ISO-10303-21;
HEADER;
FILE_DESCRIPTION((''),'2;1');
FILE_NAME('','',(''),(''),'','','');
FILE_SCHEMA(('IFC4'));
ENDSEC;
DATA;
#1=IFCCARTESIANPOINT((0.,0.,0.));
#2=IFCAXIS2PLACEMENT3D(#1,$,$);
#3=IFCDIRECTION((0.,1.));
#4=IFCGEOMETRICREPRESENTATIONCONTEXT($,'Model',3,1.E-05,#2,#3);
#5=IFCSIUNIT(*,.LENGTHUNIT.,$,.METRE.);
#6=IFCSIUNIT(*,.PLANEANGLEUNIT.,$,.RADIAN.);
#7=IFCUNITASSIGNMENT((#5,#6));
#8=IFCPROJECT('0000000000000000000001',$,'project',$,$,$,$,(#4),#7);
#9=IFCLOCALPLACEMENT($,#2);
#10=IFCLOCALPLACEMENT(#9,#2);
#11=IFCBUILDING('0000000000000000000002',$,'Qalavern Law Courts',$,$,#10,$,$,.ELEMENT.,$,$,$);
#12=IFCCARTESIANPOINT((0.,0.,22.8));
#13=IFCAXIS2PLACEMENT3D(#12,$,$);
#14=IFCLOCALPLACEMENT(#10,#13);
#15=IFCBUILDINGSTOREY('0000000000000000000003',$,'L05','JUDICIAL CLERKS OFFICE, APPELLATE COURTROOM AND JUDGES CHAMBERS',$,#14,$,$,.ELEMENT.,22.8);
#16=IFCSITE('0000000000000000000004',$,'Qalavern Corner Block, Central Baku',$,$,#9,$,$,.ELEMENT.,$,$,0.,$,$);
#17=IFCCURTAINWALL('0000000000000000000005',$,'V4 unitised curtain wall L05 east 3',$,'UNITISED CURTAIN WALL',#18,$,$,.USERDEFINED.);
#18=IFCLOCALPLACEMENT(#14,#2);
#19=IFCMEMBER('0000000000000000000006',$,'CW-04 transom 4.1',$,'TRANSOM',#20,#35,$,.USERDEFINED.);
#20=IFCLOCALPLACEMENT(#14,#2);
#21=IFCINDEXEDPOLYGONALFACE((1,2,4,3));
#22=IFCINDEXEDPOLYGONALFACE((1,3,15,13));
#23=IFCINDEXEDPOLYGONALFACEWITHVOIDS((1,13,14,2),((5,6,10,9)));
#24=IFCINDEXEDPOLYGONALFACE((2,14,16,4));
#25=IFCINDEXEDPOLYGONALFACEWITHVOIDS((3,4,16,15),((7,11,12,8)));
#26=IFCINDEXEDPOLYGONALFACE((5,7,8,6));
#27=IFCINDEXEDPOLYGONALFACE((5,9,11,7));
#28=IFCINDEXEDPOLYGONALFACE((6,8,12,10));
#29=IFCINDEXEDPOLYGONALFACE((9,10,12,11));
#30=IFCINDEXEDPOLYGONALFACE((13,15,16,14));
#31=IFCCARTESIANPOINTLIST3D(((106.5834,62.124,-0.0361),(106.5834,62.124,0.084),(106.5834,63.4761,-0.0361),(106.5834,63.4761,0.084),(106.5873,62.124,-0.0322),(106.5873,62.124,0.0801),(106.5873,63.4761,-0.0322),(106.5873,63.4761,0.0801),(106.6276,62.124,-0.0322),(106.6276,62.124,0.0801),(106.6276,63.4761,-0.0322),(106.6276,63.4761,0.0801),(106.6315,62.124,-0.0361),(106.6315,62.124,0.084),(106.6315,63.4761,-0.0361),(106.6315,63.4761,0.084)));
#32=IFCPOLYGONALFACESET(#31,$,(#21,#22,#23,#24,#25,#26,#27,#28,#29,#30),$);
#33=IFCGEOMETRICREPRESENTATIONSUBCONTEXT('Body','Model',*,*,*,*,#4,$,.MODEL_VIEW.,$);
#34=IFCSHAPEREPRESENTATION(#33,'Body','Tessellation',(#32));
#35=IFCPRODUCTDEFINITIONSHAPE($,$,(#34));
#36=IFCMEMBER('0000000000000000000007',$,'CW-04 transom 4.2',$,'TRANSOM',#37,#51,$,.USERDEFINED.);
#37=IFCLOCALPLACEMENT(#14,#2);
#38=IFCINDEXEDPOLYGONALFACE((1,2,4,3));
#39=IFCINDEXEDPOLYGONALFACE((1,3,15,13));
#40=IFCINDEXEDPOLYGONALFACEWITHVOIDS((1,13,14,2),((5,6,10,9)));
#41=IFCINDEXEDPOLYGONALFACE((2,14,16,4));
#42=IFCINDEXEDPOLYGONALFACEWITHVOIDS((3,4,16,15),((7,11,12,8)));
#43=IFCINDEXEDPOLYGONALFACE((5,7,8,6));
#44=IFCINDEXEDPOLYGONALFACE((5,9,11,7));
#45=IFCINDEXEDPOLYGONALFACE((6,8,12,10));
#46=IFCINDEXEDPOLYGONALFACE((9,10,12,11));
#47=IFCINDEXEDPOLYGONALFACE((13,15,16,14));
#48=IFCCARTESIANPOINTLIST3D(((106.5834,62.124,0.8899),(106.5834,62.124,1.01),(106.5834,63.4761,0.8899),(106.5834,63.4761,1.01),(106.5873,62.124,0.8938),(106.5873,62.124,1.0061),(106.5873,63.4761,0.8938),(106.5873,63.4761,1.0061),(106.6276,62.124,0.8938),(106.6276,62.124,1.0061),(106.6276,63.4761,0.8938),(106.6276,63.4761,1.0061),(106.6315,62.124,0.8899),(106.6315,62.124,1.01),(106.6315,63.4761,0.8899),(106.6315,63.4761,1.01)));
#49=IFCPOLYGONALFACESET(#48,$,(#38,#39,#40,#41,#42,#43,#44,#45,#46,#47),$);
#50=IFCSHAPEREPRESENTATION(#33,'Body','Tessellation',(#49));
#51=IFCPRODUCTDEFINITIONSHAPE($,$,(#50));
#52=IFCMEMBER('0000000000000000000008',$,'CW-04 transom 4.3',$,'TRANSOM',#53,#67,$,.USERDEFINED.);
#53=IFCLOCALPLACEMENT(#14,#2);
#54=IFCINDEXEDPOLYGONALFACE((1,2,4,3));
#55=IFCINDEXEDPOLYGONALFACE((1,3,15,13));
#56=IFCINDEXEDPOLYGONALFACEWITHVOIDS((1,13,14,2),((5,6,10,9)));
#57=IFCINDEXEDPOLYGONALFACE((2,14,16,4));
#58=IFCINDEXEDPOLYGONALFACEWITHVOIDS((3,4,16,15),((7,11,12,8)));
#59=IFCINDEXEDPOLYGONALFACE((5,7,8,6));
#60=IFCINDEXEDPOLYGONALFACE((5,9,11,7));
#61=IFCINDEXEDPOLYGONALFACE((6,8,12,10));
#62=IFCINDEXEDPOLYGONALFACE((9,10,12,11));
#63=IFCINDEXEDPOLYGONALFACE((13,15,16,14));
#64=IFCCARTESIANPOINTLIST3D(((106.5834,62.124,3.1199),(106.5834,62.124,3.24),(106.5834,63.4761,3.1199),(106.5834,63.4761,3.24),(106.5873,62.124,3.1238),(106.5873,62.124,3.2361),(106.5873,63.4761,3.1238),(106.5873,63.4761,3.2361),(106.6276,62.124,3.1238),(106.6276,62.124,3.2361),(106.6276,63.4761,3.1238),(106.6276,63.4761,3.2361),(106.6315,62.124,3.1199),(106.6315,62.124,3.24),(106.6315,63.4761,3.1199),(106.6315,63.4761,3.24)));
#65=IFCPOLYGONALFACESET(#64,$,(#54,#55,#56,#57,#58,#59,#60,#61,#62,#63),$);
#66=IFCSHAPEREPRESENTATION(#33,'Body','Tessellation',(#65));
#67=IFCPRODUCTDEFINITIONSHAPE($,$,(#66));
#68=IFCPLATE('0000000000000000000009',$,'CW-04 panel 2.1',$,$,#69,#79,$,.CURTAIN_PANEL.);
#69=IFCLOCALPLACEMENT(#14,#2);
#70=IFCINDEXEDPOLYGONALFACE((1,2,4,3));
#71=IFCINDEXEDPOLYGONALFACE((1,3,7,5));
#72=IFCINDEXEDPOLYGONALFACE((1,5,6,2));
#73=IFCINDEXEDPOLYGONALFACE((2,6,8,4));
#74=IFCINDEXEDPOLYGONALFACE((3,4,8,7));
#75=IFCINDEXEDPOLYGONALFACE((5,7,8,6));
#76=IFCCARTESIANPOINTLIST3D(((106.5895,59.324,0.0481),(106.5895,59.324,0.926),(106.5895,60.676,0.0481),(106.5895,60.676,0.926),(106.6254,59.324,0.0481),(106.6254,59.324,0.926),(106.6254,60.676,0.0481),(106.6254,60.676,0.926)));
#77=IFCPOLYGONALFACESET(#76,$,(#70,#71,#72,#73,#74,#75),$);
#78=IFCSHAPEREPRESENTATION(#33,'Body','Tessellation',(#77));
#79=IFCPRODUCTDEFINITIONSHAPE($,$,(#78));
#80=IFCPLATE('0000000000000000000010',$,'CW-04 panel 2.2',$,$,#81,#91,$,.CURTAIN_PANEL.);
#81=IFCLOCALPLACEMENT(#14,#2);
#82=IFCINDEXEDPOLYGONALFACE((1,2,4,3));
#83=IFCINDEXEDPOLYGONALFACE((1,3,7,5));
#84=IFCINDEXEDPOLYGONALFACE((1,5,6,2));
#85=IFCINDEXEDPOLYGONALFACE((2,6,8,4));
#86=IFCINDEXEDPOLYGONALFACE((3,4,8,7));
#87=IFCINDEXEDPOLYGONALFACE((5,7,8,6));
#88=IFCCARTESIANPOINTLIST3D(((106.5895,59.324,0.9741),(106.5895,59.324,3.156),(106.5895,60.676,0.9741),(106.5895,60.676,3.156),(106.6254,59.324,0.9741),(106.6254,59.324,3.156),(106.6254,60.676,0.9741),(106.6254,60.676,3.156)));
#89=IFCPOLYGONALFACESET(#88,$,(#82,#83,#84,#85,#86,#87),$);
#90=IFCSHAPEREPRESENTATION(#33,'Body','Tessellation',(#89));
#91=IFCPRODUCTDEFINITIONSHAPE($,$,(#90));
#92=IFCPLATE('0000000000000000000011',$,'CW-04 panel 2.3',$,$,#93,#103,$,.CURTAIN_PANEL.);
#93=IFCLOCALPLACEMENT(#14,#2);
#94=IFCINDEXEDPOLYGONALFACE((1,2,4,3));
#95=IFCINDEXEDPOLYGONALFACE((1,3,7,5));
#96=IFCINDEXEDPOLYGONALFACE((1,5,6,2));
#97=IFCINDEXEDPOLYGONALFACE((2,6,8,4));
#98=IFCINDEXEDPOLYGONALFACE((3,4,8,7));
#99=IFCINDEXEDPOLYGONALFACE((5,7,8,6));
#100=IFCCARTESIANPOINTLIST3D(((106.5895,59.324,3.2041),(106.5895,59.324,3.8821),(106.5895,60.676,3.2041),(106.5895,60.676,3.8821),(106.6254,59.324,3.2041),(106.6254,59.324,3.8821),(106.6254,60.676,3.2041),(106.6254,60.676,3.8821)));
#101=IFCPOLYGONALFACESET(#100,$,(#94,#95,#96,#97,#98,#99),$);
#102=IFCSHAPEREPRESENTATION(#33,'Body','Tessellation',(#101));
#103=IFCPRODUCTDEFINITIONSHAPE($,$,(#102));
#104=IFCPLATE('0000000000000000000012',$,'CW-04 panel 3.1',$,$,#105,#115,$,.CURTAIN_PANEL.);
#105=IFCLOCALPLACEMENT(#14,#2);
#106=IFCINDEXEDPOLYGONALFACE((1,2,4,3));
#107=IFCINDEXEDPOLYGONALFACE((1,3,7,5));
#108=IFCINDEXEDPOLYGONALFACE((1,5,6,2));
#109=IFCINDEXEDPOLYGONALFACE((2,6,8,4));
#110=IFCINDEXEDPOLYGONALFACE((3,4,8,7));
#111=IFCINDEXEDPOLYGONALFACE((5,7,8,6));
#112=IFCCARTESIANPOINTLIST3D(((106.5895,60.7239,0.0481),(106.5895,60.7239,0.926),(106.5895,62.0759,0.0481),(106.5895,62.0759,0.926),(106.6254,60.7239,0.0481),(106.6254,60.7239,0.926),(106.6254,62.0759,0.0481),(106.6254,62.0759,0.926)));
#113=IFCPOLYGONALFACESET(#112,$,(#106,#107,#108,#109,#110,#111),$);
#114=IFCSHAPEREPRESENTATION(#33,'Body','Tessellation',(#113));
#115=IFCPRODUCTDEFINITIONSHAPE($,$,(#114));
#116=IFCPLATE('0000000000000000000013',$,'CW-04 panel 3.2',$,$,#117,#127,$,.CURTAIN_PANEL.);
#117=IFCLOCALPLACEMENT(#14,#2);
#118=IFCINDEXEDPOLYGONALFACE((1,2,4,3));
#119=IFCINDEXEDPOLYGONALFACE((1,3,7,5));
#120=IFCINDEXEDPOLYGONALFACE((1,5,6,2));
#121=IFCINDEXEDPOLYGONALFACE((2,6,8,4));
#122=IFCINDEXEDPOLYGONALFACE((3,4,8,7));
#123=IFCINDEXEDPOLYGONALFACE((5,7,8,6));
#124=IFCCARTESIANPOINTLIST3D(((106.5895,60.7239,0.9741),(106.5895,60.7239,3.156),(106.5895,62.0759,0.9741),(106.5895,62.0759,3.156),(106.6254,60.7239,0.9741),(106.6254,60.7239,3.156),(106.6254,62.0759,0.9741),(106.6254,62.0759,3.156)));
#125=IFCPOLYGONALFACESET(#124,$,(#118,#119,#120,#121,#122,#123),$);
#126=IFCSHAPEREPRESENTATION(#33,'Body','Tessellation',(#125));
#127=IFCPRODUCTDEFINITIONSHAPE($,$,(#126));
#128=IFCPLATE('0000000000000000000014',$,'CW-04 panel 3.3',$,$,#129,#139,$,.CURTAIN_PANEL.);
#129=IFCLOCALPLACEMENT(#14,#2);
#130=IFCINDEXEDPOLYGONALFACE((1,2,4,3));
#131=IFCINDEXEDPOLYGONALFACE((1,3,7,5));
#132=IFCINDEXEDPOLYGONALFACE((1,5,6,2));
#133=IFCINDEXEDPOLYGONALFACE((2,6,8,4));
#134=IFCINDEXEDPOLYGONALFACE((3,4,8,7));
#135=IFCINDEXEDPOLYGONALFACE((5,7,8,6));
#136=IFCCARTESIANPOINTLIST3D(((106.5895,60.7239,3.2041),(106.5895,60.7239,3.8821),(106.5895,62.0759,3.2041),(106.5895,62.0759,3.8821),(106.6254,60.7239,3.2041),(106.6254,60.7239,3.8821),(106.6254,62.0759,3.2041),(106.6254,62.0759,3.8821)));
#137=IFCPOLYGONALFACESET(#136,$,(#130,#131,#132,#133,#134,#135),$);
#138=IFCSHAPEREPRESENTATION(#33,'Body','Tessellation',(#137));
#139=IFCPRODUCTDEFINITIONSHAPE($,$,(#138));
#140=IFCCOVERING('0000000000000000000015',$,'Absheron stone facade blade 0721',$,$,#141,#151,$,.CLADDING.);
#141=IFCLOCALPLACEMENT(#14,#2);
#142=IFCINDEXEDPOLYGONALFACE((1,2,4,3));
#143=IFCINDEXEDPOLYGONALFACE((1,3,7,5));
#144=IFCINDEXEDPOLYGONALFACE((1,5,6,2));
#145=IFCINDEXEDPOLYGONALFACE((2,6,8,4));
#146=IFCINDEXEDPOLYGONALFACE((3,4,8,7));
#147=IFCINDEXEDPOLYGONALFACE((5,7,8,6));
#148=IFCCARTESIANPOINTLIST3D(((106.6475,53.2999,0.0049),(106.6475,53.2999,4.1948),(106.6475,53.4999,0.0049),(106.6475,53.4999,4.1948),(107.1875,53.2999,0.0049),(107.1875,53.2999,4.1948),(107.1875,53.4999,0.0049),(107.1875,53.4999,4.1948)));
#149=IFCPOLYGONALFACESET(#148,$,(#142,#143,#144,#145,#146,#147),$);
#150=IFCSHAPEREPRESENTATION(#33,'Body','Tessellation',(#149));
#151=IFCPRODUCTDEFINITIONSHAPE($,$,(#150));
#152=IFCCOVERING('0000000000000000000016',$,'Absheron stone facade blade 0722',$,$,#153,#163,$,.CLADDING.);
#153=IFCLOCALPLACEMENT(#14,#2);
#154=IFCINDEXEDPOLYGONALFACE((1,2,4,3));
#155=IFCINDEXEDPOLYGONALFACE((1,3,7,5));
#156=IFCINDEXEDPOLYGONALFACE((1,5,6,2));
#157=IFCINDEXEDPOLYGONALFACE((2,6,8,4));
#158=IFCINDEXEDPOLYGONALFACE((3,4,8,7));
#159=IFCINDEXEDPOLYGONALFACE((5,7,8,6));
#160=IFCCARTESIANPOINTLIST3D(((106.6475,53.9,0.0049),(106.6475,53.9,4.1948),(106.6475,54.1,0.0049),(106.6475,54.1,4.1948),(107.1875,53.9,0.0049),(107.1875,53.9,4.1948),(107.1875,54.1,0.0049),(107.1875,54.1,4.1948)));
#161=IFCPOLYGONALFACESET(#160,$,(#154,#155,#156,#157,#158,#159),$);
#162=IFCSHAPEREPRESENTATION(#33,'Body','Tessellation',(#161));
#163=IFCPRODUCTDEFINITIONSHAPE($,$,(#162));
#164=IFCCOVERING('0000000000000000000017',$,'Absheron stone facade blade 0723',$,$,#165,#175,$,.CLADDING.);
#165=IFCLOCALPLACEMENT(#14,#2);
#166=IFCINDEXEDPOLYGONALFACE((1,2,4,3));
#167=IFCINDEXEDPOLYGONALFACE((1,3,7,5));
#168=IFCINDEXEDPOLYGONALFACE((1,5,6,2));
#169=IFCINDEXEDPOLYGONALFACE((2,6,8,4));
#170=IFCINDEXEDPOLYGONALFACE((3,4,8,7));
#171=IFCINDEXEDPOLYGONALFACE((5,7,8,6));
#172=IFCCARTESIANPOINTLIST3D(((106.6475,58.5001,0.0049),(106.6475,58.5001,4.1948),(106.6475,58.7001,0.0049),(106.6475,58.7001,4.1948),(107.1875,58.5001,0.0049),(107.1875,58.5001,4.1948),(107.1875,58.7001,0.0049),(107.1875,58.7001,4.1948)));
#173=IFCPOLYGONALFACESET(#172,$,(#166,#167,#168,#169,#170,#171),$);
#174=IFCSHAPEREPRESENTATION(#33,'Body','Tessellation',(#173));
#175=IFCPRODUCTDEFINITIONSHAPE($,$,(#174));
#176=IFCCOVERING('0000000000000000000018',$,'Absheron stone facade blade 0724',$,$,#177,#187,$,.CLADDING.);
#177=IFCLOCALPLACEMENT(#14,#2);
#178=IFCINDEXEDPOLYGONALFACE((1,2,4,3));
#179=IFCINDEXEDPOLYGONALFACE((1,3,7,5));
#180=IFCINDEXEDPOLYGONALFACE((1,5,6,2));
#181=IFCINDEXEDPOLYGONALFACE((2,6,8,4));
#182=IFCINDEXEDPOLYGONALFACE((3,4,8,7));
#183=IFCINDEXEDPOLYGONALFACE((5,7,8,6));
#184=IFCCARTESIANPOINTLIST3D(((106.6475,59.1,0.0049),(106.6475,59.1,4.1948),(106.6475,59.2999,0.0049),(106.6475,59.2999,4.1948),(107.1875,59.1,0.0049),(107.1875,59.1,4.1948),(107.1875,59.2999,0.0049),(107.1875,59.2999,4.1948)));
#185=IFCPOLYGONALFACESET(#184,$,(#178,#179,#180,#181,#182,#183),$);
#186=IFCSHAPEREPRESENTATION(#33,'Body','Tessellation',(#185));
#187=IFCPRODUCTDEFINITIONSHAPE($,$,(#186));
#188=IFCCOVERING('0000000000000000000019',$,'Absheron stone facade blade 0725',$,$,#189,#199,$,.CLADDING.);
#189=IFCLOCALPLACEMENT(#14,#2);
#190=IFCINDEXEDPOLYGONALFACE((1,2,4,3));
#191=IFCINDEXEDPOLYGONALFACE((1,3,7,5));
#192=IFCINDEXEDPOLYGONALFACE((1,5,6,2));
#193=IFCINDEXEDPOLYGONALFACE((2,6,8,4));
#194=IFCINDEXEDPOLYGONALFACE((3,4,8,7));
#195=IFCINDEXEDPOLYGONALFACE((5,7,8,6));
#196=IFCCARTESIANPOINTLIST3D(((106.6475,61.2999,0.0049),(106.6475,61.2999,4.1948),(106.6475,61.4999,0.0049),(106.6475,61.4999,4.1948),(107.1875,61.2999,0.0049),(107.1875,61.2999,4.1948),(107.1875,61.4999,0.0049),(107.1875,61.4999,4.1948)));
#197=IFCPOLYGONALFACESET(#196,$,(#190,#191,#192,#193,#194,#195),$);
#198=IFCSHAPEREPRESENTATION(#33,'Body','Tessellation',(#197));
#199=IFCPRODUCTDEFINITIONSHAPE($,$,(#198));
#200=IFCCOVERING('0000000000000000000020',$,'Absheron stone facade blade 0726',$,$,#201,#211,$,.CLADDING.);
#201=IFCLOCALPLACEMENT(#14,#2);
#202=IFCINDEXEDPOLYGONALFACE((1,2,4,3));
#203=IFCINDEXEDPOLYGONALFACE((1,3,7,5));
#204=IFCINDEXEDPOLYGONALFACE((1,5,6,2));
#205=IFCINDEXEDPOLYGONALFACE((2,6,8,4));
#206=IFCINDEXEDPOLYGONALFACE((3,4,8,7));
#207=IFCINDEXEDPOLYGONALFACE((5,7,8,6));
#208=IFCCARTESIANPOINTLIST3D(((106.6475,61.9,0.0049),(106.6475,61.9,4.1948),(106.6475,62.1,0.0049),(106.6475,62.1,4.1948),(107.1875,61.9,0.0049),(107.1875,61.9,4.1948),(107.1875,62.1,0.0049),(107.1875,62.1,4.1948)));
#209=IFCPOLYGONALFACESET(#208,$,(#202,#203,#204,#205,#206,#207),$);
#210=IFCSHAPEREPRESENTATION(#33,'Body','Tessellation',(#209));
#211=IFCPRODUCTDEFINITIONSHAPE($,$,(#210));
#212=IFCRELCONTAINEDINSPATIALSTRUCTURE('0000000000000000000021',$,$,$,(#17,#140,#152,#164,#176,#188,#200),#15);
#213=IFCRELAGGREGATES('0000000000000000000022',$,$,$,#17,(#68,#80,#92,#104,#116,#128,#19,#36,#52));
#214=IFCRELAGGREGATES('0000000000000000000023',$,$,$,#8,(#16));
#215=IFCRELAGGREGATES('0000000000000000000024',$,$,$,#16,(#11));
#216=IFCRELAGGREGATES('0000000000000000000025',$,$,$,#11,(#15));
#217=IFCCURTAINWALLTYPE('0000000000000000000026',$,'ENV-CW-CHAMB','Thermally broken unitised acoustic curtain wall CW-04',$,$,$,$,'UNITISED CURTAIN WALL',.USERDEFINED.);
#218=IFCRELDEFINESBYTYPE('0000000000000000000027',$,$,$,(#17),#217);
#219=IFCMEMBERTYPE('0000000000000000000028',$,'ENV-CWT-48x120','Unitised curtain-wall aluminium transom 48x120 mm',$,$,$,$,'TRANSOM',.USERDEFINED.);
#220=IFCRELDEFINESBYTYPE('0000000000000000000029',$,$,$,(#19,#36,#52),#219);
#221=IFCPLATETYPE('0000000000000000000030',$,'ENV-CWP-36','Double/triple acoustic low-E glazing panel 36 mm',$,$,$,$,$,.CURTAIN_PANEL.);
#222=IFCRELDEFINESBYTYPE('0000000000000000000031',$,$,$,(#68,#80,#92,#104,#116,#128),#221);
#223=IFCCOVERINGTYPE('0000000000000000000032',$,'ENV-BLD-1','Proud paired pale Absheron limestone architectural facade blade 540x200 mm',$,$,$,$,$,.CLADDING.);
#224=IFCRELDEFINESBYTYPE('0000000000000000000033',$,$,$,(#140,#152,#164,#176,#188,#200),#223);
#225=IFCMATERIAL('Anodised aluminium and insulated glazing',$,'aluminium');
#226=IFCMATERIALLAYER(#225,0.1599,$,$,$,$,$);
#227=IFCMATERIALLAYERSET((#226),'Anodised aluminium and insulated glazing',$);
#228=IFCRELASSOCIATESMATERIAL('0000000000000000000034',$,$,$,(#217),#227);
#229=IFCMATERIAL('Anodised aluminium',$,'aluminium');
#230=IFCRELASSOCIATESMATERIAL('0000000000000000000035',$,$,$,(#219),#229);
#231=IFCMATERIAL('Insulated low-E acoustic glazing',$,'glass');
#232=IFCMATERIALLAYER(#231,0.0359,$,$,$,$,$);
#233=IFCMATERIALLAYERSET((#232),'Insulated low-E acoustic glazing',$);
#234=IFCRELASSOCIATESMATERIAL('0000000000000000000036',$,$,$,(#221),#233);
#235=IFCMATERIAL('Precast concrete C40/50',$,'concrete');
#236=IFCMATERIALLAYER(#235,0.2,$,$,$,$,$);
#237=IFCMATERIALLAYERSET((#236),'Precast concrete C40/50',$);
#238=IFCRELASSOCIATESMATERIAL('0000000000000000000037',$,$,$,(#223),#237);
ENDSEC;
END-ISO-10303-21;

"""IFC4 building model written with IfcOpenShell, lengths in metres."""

from ifc_helpers import new_model, si_unit, direction, frame, origin, origin_2d, place, context, subcontext, project, spatial, rectangle, hollow_rectangle, extrude, material, layer, layer_set, material_profile, profile_set, type_object, element, aggregate, save


model = new_model("IFC4")

# Units and contexts
model_context = context("Model", 3, precision=1e-05, world=origin(), true_north=direction((0.0, 1.0)))
body_context = subcontext(model_context, "Body", "Model", "MODEL_VIEW")
ifc_project = project(units=[si_unit("LENGTHUNIT", "METRE"), si_unit("PLANEANGLEUNIT", "RADIAN")], contexts=[model_context])

# Site, building, storey
site_placement = place(None, origin())
site = spatial("IfcSite", under=ifc_project, at=site_placement, Name="Qalavern Corner Block, Central Baku", CompositionType="ELEMENT", RefElevation=0.0)
building_placement = place(site_placement, origin())
building = spatial("IfcBuilding", under=site, at=building_placement, Name="Qalavern Law Courts", CompositionType="ELEMENT")
storey_placement = place(building_placement, frame((0.0, 0.0, 22.8)))
storey = spatial("IfcBuildingStorey", under=building, at=storey_placement, Name="L05", Description="JUDICIAL CLERKS OFFICE, APPELLATE COURTROOM AND JUDGES CHAMBERS", CompositionType="ELEMENT", Elevation=22.8)

# Curtain wall, members, plates
ifc_material_1 = material(Name="Anodised aluminium and insulated glazing", Category="aluminium")
ifc_layer_1 = layer(ifc_material_1, 0.1599)
ifc_layer_set_1 = layer_set([ifc_layer_1], Name="Anodised aluminium and insulated glazing")
curtain_wall_type = type_object("IfcCurtainWallType", Name="ENV-CW-CHAMB", Description="Thermally broken unitised acoustic curtain wall CW-04", ElementType="UNITISED CURTAIN WALL", PredefinedType="USERDEFINED", material=ifc_layer_set_1)
curtain_wall_placement = place(storey_placement, origin())
curtain_wall = element("IfcCurtainWall", 1, at=curtain_wall_placement, inside=storey, type_object=curtain_wall_type, Name="V4 unitised curtain wall L05 east 3", ObjectType="UNITISED CURTAIN WALL", PredefinedType="USERDEFINED")
ifc_material_2 = material(Name="Anodised aluminium", Category="aluminium")
ifc_material_profile_1 = material_profile(ifc_material_2, hollow_rectangle(XDim=0.0481, YDim=0.1201, WallThickness=0.0039, at=origin_2d()), Name="ALU TRANSOM 48x120")
ifc_profile_set_1 = profile_set([ifc_material_profile_1], Name="Anodised aluminium")
member_type_1 = type_object("IfcMemberType", Name="ENV-CWT-48x120", Description="Unitised curtain-wall aluminium transom 48x120 mm", ElementType="TRANSOM", PredefinedType="USERDEFINED", material=ifc_profile_set_1)
member_1_placement = place(storey_placement, frame((106.6074, 62.124, 0.0239), z_axis=(0.0, 1.0, 0.0), x_axis=(-1.0, 0.0, 0.0)))
member_1 = element("IfcMember", 2, at=member_1_placement, type_object=member_type_1, Name="CW-04 transom 4.1", ObjectType="TRANSOM", PredefinedType="USERDEFINED", context=body_context, shape_type="SweptSolid", body=[
    extrude(hollow_rectangle(XDim=0.0481, YDim=0.1201, WallThickness=0.0039, at=origin_2d()), origin(), (0.0, 0.0, 1.0), 1.3521),
])
member_2_placement = place(storey_placement, frame((106.6074, 62.124, 0.95), z_axis=(0.0, 1.0, 0.0), x_axis=(-1.0, 0.0, 0.0)))
member_2 = element("IfcMember", 3, at=member_2_placement, type_object=member_type_1, Name="CW-04 transom 4.2", ObjectType="TRANSOM", PredefinedType="USERDEFINED", context=body_context, shape_type="SweptSolid", body=[
    extrude(hollow_rectangle(XDim=0.0481, YDim=0.1201, WallThickness=0.0039, at=origin_2d()), origin(), (0.0, 0.0, 1.0), 1.3521),
])
member_3_placement = place(storey_placement, frame((106.6074, 62.124, 3.1799), z_axis=(0.0, 1.0, 0.0), x_axis=(-1.0, 0.0, 0.0)))
member_3 = element("IfcMember", 4, at=member_3_placement, type_object=member_type_1, Name="CW-04 transom 4.3", ObjectType="TRANSOM", PredefinedType="USERDEFINED", context=body_context, shape_type="SweptSolid", body=[
    extrude(hollow_rectangle(XDim=0.0481, YDim=0.1201, WallThickness=0.0039, at=origin_2d()), origin(), (0.0, 0.0, 1.0), 1.3521),
])
ifc_material_3 = material(Name="Insulated low-E acoustic glazing", Category="glass")
ifc_layer_2 = layer(ifc_material_3, 0.0359)
ifc_layer_set_2 = layer_set([ifc_layer_2], Name="Insulated low-E acoustic glazing")
plate_type = type_object("IfcPlateType", Name="ENV-CWP-36", Description="Double/triple acoustic low-E glazing panel 36 mm", PredefinedType="CURTAIN_PANEL", material=ifc_layer_set_2)
plate_1_placement = place(storey_placement, frame((106.6074, 60.0, 0.0481), z_axis=(0.0, 0.0, 1.0), x_axis=(0.0, 1.0, 0.0)))
plate_1 = element("IfcPlate", 5, at=plate_1_placement, type_object=plate_type, Name="CW-04 panel 2.1", PredefinedType="CURTAIN_PANEL", context=body_context, shape_type="SweptSolid", body=[
    extrude(rectangle(XDim=1.3521, YDim=0.0359, at=origin_2d()), origin(), (0.0, 0.0, 1.0), 0.8779),
])
plate_2_placement = place(storey_placement, frame((106.6074, 60.0, 0.9741), z_axis=(0.0, 0.0, 1.0), x_axis=(0.0, 1.0, 0.0)))
plate_2 = element("IfcPlate", 6, at=plate_2_placement, type_object=plate_type, Name="CW-04 panel 2.2", PredefinedType="CURTAIN_PANEL", context=body_context, shape_type="SweptSolid", body=[
    extrude(rectangle(XDim=1.3521, YDim=0.0359, at=origin_2d()), origin(), (0.0, 0.0, 1.0), 2.1819),
])
plate_3_placement = place(storey_placement, frame((106.6074, 60.0, 3.2041), z_axis=(0.0, 0.0, 1.0), x_axis=(0.0, 1.0, 0.0)))
plate_3 = element("IfcPlate", 7, at=plate_3_placement, type_object=plate_type, Name="CW-04 panel 2.3", PredefinedType="CURTAIN_PANEL", context=body_context, shape_type="SweptSolid", body=[
    extrude(rectangle(XDim=1.3521, YDim=0.0359, at=origin_2d()), origin(), (0.0, 0.0, 1.0), 0.678),
])
plate_4_placement = place(storey_placement, frame((106.6074, 61.3999, 0.0481), z_axis=(0.0, 0.0, 1.0), x_axis=(0.0, 1.0, 0.0)))
plate_4 = element("IfcPlate", 8, at=plate_4_placement, type_object=plate_type, Name="CW-04 panel 3.1", PredefinedType="CURTAIN_PANEL", context=body_context, shape_type="SweptSolid", body=[
    extrude(rectangle(XDim=1.3521, YDim=0.0359, at=origin_2d()), origin(), (0.0, 0.0, 1.0), 0.8779),
])
plate_5_placement = place(storey_placement, frame((106.6074, 61.3999, 0.9741), z_axis=(0.0, 0.0, 1.0), x_axis=(0.0, 1.0, 0.0)))
plate_5 = element("IfcPlate", 9, at=plate_5_placement, type_object=plate_type, Name="CW-04 panel 3.2", PredefinedType="CURTAIN_PANEL", context=body_context, shape_type="SweptSolid", body=[
    extrude(rectangle(XDim=1.3521, YDim=0.0359, at=origin_2d()), origin(), (0.0, 0.0, 1.0), 2.1819),
])
plate_6_placement = place(storey_placement, frame((106.6074, 61.3999, 3.2041), z_axis=(0.0, 0.0, 1.0), x_axis=(0.0, 1.0, 0.0)))
plate_6 = element("IfcPlate", 10, at=plate_6_placement, type_object=plate_type, Name="CW-04 panel 3.3", PredefinedType="CURTAIN_PANEL", context=body_context, shape_type="SweptSolid", body=[
    extrude(rectangle(XDim=1.3521, YDim=0.0359, at=origin_2d()), origin(), (0.0, 0.0, 1.0), 0.678),
])
aggregate(curtain_wall, [plate_1, plate_2, plate_3, plate_4, plate_5, plate_6, member_1, member_2, member_3])

# Coverings
ifc_material_4 = material(Name="Precast concrete C40/50", Category="concrete")
ifc_layer_3 = layer(ifc_material_4, 0.2)
ifc_layer_set_3 = layer_set([ifc_layer_3], Name="Precast concrete C40/50")
covering_type_1 = type_object("IfcCoveringType", Name="ENV-BLD-1", Description="Proud paired pale Absheron limestone architectural facade blade 540x200 mm", PredefinedType="CLADDING", material=ifc_layer_set_3)
for number, where, z_axis, x_axis, name in (
    (11, (106.9175, 53.3999, 0.0049), (0.0, 0.0, 1.0), (1.0, 0.0, 0.0), "Absheron stone facade blade 0721"),
    (12, (106.9175, 54.0, 0.0049), (0.0, 0.0, 1.0), (1.0, 0.0, 0.0), "Absheron stone facade blade 0722"),
    (13, (106.9175, 58.6001, 0.0049), (0.0, 0.0, 1.0), (1.0, 0.0, 0.0), "Absheron stone facade blade 0723"),
    (14, (106.9175, 59.2, 0.0049), (0.0, 0.0, 1.0), (1.0, 0.0, 0.0), "Absheron stone facade blade 0724"),
    (15, (106.9175, 61.3999, 0.0049), (0.0, 0.0, 1.0), (1.0, 0.0, 0.0), "Absheron stone facade blade 0725"),
    (16, (106.9175, 62.0, 0.0049), (0.0, 0.0, 1.0), (1.0, 0.0, 0.0), "Absheron stone facade blade 0726"),
):
    element("IfcCovering", number, at=place(storey_placement, frame(where, z_axis=z_axis, x_axis=x_axis)), inside=storey, type_object=covering_type_1, Name=name, PredefinedType="CLADDING", context=body_context, shape_type="SweptSolid", body=[
        extrude(rectangle(XDim=0.54, YDim=0.2, at=origin_2d()), origin(), (0.0, 0.0, 1.0), 4.1899),
    ])

save(model, "model.ifc")
